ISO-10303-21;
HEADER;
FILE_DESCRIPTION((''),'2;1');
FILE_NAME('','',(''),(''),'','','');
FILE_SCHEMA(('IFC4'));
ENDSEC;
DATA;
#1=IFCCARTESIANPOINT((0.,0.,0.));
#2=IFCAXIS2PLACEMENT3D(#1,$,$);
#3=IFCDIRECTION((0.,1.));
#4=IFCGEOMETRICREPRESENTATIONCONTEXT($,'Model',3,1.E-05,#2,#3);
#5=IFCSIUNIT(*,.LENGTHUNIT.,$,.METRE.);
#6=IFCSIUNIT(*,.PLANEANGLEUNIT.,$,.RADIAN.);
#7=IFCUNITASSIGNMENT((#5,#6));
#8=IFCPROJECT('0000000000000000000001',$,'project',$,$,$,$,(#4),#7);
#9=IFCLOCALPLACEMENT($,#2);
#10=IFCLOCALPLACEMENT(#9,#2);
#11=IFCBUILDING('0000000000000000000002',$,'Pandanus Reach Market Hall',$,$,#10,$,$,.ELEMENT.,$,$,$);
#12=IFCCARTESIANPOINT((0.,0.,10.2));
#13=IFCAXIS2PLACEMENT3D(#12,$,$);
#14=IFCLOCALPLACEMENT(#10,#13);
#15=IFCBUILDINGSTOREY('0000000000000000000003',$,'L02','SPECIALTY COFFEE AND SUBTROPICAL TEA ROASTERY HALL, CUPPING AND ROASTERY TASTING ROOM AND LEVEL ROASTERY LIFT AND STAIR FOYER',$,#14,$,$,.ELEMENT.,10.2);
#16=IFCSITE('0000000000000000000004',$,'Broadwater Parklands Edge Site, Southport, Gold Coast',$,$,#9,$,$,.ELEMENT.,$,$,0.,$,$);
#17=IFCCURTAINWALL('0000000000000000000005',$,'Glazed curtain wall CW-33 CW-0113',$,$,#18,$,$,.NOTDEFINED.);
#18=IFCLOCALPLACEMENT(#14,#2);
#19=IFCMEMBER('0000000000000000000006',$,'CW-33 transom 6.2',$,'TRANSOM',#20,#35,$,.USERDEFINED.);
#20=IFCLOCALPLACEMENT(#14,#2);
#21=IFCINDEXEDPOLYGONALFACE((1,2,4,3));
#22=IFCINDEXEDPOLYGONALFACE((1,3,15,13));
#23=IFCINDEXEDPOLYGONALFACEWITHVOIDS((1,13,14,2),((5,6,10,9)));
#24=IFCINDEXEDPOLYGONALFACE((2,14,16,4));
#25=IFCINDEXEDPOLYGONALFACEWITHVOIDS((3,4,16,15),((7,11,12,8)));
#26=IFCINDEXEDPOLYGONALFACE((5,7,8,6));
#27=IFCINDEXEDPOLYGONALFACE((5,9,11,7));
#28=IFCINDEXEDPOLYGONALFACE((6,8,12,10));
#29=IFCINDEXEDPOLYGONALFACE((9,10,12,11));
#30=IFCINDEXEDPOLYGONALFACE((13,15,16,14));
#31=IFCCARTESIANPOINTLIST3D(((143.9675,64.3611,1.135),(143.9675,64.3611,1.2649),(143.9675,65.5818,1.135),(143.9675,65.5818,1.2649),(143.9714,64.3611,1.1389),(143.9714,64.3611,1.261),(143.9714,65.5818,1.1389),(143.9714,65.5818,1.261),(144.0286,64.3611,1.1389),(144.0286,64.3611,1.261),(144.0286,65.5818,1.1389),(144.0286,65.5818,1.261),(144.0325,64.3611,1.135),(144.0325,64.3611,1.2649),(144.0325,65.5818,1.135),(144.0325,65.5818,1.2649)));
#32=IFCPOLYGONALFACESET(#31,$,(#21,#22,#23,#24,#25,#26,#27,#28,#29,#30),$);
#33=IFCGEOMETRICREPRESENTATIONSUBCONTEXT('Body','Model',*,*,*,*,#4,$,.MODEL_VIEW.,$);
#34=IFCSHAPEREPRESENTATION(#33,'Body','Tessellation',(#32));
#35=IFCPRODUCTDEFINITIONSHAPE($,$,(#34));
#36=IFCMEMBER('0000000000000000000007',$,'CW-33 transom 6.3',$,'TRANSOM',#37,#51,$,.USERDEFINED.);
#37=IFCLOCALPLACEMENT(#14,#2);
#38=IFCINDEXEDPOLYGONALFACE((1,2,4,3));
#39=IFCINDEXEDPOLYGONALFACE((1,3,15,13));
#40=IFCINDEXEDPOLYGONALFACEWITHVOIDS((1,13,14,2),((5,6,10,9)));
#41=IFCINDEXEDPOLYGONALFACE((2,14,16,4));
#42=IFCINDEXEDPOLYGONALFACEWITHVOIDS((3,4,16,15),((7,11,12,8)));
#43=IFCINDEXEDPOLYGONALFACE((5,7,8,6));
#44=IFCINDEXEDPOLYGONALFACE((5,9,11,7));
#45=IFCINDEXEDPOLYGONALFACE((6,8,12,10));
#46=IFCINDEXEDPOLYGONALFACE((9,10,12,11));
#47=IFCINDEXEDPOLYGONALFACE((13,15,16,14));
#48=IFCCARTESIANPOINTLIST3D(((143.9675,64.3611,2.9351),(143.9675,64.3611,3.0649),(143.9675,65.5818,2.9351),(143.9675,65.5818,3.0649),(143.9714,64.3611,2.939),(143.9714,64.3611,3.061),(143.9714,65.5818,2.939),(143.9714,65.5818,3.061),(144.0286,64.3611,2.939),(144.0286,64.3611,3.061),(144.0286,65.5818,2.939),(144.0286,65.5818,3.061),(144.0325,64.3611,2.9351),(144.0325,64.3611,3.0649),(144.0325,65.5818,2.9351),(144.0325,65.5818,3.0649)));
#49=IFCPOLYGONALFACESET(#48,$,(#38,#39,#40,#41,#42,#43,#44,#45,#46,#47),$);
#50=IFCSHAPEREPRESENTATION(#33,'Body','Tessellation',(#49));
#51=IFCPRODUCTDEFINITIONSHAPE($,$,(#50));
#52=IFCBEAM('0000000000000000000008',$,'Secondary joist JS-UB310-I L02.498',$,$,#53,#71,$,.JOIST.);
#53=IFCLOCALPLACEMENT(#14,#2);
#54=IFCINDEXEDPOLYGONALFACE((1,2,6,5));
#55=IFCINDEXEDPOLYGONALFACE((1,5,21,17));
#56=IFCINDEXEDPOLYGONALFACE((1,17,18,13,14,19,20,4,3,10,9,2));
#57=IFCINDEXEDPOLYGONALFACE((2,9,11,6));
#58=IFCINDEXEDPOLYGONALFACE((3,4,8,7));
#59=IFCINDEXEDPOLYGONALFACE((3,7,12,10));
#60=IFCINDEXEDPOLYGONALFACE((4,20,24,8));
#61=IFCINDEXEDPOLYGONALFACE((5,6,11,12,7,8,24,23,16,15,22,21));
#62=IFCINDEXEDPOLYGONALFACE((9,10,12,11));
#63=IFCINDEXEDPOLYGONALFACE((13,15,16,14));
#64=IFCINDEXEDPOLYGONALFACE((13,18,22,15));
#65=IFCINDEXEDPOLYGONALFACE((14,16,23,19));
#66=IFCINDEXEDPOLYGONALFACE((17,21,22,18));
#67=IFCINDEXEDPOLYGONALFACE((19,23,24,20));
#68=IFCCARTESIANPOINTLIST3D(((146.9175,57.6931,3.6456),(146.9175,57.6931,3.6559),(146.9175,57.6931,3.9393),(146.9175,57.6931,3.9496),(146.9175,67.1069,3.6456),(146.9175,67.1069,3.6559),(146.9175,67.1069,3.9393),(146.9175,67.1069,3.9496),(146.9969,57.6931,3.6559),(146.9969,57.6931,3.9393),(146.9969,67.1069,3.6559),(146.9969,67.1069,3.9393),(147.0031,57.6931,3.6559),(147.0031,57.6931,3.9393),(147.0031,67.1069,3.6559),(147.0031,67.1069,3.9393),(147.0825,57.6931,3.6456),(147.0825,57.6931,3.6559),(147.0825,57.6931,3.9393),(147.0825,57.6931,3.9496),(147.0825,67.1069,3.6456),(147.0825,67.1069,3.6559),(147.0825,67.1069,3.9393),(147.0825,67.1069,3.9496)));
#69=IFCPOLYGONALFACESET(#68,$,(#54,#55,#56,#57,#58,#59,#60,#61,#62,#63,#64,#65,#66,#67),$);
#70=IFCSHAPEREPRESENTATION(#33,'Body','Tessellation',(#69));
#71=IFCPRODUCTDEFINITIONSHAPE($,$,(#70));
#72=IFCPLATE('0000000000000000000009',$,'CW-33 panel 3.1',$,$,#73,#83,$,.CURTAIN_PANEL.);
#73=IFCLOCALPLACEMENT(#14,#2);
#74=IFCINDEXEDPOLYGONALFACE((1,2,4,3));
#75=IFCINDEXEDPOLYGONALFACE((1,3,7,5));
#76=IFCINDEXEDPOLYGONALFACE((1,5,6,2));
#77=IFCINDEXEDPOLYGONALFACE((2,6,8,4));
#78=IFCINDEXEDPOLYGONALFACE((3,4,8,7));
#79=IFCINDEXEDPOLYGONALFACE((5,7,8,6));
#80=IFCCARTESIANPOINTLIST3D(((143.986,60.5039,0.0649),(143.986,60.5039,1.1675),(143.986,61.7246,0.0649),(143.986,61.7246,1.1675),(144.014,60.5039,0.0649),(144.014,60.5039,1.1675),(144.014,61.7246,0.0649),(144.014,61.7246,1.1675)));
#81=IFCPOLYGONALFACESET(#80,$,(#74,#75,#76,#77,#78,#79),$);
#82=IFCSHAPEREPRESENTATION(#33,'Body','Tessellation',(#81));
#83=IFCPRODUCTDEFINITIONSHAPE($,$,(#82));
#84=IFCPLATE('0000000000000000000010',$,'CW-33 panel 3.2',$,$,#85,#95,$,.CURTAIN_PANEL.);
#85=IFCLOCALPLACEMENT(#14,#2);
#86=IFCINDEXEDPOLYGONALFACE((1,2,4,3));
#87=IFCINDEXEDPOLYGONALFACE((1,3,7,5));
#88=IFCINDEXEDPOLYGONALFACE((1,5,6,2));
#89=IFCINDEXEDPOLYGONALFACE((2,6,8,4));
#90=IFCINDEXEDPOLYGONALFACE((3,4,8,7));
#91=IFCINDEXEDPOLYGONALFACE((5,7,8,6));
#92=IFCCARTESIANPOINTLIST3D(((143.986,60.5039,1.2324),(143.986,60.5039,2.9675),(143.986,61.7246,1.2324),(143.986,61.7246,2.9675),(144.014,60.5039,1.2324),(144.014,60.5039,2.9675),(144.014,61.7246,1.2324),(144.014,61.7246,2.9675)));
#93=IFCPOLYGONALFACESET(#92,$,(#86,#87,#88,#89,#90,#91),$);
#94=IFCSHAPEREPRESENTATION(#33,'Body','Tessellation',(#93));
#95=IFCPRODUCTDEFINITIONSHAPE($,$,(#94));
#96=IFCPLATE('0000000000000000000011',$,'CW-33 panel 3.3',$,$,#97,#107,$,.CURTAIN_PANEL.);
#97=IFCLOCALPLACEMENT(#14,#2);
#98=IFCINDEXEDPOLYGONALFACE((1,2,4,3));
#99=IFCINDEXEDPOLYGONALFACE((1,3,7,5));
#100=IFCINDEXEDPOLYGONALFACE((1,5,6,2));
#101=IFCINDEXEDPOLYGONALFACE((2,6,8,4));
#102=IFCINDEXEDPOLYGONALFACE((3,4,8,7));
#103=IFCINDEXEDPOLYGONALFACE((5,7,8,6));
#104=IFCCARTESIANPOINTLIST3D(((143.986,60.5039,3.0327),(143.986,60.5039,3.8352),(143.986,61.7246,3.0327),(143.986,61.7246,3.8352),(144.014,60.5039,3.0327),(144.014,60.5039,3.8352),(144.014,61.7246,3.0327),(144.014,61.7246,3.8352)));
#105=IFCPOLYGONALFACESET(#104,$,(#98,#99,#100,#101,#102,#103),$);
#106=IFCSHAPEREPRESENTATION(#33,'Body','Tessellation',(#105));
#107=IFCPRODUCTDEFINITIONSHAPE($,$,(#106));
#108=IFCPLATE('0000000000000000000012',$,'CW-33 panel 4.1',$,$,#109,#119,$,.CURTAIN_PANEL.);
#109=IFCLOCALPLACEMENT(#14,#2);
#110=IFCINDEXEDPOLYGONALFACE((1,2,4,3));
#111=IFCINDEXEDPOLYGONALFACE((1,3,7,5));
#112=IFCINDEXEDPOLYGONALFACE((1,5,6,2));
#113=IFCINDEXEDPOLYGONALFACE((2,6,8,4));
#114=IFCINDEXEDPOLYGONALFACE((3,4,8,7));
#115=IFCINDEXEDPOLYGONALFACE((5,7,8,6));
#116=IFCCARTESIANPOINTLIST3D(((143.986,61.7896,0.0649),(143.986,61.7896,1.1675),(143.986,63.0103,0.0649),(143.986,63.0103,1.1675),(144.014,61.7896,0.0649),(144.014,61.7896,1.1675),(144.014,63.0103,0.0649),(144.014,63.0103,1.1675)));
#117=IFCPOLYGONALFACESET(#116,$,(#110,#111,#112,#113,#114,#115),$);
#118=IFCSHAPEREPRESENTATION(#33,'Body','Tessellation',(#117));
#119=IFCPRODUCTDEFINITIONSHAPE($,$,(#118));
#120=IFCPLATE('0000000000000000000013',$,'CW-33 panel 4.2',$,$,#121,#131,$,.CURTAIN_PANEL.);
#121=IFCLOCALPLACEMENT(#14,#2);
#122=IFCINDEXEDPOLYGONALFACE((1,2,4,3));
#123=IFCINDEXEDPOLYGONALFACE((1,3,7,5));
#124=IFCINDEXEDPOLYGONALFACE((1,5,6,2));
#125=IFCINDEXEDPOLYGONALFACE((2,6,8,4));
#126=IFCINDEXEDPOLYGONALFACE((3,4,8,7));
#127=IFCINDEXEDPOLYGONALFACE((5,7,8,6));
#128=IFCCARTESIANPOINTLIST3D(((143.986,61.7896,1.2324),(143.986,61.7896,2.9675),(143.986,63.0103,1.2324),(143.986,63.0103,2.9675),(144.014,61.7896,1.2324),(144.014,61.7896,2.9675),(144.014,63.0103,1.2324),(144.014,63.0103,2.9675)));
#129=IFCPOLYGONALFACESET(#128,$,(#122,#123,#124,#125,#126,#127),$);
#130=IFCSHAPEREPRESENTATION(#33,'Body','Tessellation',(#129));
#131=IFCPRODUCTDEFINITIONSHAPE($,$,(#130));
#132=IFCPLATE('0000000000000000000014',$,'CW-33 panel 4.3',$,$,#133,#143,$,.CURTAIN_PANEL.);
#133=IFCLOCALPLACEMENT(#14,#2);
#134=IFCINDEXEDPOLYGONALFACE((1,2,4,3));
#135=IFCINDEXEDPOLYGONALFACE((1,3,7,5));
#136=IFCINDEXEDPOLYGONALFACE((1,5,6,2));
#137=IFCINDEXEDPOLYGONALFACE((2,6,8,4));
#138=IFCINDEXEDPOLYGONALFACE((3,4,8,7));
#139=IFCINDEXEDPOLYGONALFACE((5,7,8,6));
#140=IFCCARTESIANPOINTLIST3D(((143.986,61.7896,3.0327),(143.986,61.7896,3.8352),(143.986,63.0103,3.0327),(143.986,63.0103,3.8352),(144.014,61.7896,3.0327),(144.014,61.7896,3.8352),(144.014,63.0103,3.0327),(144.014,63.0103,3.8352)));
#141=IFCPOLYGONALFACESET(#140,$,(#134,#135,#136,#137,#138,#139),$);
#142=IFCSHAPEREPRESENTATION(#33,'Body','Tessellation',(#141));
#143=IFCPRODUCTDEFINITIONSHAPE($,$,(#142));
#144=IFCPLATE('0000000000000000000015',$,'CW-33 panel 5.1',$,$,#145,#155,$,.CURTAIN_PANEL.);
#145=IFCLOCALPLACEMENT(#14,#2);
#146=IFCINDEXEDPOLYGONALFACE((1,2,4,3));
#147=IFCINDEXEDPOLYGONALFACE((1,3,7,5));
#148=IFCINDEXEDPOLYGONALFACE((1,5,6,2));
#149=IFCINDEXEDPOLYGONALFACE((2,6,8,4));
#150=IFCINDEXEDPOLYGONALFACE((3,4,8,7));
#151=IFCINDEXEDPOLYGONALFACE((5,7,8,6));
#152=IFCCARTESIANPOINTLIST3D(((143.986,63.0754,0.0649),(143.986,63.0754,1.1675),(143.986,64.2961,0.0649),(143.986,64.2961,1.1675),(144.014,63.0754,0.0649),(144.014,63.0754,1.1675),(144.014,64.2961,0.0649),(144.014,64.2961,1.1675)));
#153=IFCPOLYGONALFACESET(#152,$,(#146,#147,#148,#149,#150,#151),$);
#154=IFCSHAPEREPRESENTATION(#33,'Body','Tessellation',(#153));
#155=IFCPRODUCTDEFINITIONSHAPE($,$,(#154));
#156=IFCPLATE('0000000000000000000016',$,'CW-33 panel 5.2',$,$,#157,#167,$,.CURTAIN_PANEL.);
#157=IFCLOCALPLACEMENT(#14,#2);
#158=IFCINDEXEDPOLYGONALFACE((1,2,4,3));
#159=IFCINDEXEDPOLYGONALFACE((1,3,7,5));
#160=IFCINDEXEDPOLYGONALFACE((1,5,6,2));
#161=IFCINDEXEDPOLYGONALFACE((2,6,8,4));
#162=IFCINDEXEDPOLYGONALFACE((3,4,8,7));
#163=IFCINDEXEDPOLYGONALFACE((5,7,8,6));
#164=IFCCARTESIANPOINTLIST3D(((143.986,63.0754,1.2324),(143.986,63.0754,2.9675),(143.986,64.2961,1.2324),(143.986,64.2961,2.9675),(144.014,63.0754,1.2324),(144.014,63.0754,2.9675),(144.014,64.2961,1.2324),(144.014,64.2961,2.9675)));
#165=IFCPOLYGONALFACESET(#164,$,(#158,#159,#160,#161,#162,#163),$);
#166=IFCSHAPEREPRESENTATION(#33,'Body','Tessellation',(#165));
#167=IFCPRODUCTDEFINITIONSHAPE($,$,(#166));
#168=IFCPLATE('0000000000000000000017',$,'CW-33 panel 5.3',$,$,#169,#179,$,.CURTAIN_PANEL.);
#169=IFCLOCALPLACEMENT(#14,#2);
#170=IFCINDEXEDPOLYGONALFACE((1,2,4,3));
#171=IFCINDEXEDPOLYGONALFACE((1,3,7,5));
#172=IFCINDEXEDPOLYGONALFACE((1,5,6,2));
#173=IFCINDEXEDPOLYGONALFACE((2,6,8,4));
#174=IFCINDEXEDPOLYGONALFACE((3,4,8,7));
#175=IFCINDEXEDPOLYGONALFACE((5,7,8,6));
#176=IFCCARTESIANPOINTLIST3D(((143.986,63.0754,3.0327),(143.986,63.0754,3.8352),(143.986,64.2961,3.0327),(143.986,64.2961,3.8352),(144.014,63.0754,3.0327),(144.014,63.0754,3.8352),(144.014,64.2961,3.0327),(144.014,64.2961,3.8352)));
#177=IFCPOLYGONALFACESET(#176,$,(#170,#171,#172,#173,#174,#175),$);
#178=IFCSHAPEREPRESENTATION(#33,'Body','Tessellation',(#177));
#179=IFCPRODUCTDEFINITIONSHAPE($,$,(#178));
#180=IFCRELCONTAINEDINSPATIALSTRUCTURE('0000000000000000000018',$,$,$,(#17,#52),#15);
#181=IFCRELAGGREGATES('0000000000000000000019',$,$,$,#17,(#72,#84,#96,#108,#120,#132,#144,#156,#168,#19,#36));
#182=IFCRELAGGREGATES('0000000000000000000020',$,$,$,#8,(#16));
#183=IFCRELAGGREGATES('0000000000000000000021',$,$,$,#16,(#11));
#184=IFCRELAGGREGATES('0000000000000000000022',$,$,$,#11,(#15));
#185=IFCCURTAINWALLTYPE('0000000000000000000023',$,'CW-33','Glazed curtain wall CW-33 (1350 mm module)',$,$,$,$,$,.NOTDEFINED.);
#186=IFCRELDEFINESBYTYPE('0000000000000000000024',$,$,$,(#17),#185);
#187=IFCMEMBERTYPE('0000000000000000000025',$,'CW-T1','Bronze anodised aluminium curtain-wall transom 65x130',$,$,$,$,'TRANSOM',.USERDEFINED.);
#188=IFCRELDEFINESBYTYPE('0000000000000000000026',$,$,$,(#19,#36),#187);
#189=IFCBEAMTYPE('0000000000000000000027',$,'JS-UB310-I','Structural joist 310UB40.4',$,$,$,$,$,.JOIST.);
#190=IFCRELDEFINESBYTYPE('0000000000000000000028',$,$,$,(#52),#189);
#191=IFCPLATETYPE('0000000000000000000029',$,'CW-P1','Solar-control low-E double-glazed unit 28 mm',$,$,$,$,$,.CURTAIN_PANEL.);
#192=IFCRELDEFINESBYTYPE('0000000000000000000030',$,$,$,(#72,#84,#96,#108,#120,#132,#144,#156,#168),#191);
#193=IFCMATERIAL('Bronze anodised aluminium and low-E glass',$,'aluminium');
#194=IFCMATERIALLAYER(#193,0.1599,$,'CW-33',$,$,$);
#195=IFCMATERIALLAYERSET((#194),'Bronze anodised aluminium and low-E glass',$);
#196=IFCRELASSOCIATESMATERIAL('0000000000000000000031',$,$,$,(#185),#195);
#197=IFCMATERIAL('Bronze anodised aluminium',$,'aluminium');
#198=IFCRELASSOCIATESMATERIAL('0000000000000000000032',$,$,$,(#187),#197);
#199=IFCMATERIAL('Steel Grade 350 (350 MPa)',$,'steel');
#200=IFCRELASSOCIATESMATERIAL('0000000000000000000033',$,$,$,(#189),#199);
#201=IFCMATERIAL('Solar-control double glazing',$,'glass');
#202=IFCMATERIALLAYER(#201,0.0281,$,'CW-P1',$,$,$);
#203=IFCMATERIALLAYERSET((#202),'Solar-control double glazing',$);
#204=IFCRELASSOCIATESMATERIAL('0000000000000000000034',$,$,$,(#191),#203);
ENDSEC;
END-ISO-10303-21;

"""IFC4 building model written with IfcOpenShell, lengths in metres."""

from ifc_helpers import new_model, si_unit, direction, frame, origin, origin_2d, place, context, subcontext, project, spatial, rectangle, hollow_rectangle, i_section, extrude, material, layer, layer_set, material_profile, profile_set, type_object, element, aggregate, save


model = new_model("IFC4")

# Units and contexts
model_context = context("Model", 3, precision=1e-05, world=origin(), true_north=direction((0.0, 1.0)))
body_context = subcontext(model_context, "Body", "Model", "MODEL_VIEW")
ifc_project = project(units=[si_unit("LENGTHUNIT", "METRE"), si_unit("PLANEANGLEUNIT", "RADIAN")], contexts=[model_context])

# Site, building, storey
site_placement = place(None, origin())
site = spatial("IfcSite", under=ifc_project, at=site_placement, Name="Broadwater Parklands Edge Site, Southport, Gold Coast", CompositionType="ELEMENT", RefElevation=0.0)
building_placement = place(site_placement, origin())
building = spatial("IfcBuilding", under=site, at=building_placement, Name="Pandanus Reach Market Hall", CompositionType="ELEMENT")
storey_placement = place(building_placement, frame((0.0, 0.0, 10.2)))
storey = spatial("IfcBuildingStorey", under=building, at=storey_placement, Name="L02", Description="SPECIALTY COFFEE AND SUBTROPICAL TEA ROASTERY HALL, CUPPING AND ROASTERY TASTING ROOM AND LEVEL ROASTERY LIFT AND STAIR FOYER", CompositionType="ELEMENT", Elevation=10.2)

# Shared definitions
ifc_material_1 = material(Name="Steel Grade 350 (350 MPa)", Category="steel")

# Curtain wall, members
ifc_material_2 = material(Name="Bronze anodised aluminium and low-E glass", Category="aluminium")
ifc_layer_1 = layer(ifc_material_2, 0.1599, Name="CW-33")
ifc_layer_set_1 = layer_set([ifc_layer_1], Name="Bronze anodised aluminium and low-E glass")
curtain_wall_type = type_object("IfcCurtainWallType", Name="CW-33", Description="Glazed curtain wall CW-33 (1350 mm module)", PredefinedType="NOTDEFINED", material=ifc_layer_set_1)
curtain_wall_placement = place(storey_placement, origin())
curtain_wall = element("IfcCurtainWall", 1, at=curtain_wall_placement, inside=storey, type_object=curtain_wall_type, Name="Glazed curtain wall CW-33 CW-0113", PredefinedType="NOTDEFINED")
ifc_material_3 = material(Name="Bronze anodised aluminium", Category="aluminium")
ifc_material_profile_1 = material_profile(ifc_material_3, hollow_rectangle(XDim=0.0649, YDim=0.1299, WallThickness=0.0039, at=origin_2d()), Name="ALU65x130", Category="LoadBearing")
ifc_profile_set_1 = profile_set([ifc_material_profile_1], Name="Bronze anodised aluminium")
member_type = type_object("IfcMemberType", Name="CW-T1", Description="Bronze anodised aluminium curtain-wall transom 65x130", ElementType="TRANSOM", PredefinedType="USERDEFINED", material=ifc_profile_set_1)
member_1_placement = place(storey_placement, frame((144.0, 64.3611, 1.2), z_axis=(0.0, 1.0, 0.0), x_axis=(-1.0, 0.0, 0.0)))
member_1 = element("IfcMember", 2, at=member_1_placement, type_object=member_type, Name="CW-33 transom 6.2", ObjectType="TRANSOM", PredefinedType="USERDEFINED", context=body_context, shape_type="SweptSolid", body=[
    extrude(hollow_rectangle(XDim=0.0649, YDim=0.1299, WallThickness=0.0039, at=origin_2d()), origin(), (0.0, 0.0, 1.0), 1.2207),
])
member_2_placement = place(storey_placement, frame((144.0, 64.3611, 3.0), z_axis=(0.0, 1.0, 0.0), x_axis=(-1.0, 0.0, 0.0)))
member_2 = element("IfcMember", 3, at=member_2_placement, type_object=member_type, Name="CW-33 transom 6.3", ObjectType="TRANSOM", PredefinedType="USERDEFINED", context=body_context, shape_type="SweptSolid", body=[
    extrude(hollow_rectangle(XDim=0.0649, YDim=0.1299, WallThickness=0.0039, at=origin_2d()), origin(), (0.0, 0.0, 1.0), 1.2207),
])

# Beam
ifc_material_profile_2 = material_profile(ifc_material_1, i_section(OverallWidth=0.165, OverallDepth=0.304, WebThickness=0.0061, FlangeThickness=0.0103, at=origin_2d()), Name="310UB40.4", Category="LoadBearing")
ifc_profile_set_2 = profile_set([ifc_material_profile_2], Name="Steel Grade 350 (350 MPa)")
beam_type_1 = type_object("IfcBeamType", Name="JS-UB310-I", Description="Structural joist 310UB40.4", PredefinedType="JOIST", material=ifc_profile_set_2)
beam_1_placement = place(storey_placement, frame((147.0, 57.6931, 3.7976), z_axis=(0.0, 1.0, 0.0), x_axis=(-1.0, 0.0, 0.0)))
element("IfcBeam", 4, at=beam_1_placement, inside=storey, type_object=beam_type_1, Name="Secondary joist JS-UB310-I L02.498", PredefinedType="JOIST", context=body_context, shape_type="SweptSolid", body=[
    extrude(i_section(OverallWidth=0.165, OverallDepth=0.304, WebThickness=0.0061, FlangeThickness=0.0103, at=origin_2d()), origin(), (0.0, 0.0, 1.0), 9.4138),
])

# Plates
ifc_material_4 = material(Name="Solar-control double glazing", Category="glass")
ifc_layer_2 = layer(ifc_material_4, 0.0281, Name="CW-P1")
ifc_layer_set_2 = layer_set([ifc_layer_2], Name="Solar-control double glazing")
plate_type = type_object("IfcPlateType", Name="CW-P1", Description="Solar-control low-E double-glazed unit 28 mm", PredefinedType="CURTAIN_PANEL", material=ifc_layer_set_2)
plate_1_placement = place(storey_placement, frame((144.0, 61.1143, 0.0649), z_axis=(0.0, 0.0, 1.0), x_axis=(0.0, 1.0, 0.0)))
plate_1 = element("IfcPlate", 5, at=plate_1_placement, type_object=plate_type, Name="CW-33 panel 3.1", PredefinedType="CURTAIN_PANEL", context=body_context, shape_type="SweptSolid", body=[
    extrude(rectangle(XDim=1.2207, YDim=0.0281, at=origin_2d()), origin(), (0.0, 0.0, 1.0), 1.1025),
])
plate_2_placement = place(storey_placement, frame((144.0, 61.1143, 1.2324), z_axis=(0.0, 0.0, 1.0), x_axis=(0.0, 1.0, 0.0)))
plate_2 = element("IfcPlate", 6, at=plate_2_placement, type_object=plate_type, Name="CW-33 panel 3.2", PredefinedType="CURTAIN_PANEL", context=body_context, shape_type="SweptSolid", body=[
    extrude(rectangle(XDim=1.2207, YDim=0.0281, at=origin_2d()), origin(), (0.0, 0.0, 1.0), 1.7351),
])
plate_3_placement = place(storey_placement, frame((144.0, 61.1143, 3.0327), z_axis=(0.0, 0.0, 1.0), x_axis=(0.0, 1.0, 0.0)))
plate_3 = element("IfcPlate", 7, at=plate_3_placement, type_object=plate_type, Name="CW-33 panel 3.3", PredefinedType="CURTAIN_PANEL", context=body_context, shape_type="SweptSolid", body=[
    extrude(rectangle(XDim=1.2207, YDim=0.0281, at=origin_2d()), origin(), (0.0, 0.0, 1.0), 0.8025),
])
plate_4_placement = place(storey_placement, frame((144.0, 62.3999, 0.0649), z_axis=(0.0, 0.0, 1.0), x_axis=(0.0, 1.0, 0.0)))
plate_4 = element("IfcPlate", 8, at=plate_4_placement, type_object=plate_type, Name="CW-33 panel 4.1", PredefinedType="CURTAIN_PANEL", context=body_context, shape_type="SweptSolid", body=[
    extrude(rectangle(XDim=1.2207, YDim=0.0281, at=origin_2d()), origin(), (0.0, 0.0, 1.0), 1.1025),
])
plate_5_placement = place(storey_placement, frame((144.0, 62.3999, 1.2324), z_axis=(0.0, 0.0, 1.0), x_axis=(0.0, 1.0, 0.0)))
plate_5 = element("IfcPlate", 9, at=plate_5_placement, type_object=plate_type, Name="CW-33 panel 4.2", PredefinedType="CURTAIN_PANEL", context=body_context, shape_type="SweptSolid", body=[
    extrude(rectangle(XDim=1.2207, YDim=0.0281, at=origin_2d()), origin(), (0.0, 0.0, 1.0), 1.7351),
])
plate_6_placement = place(storey_placement, frame((144.0, 62.3999, 3.0327), z_axis=(0.0, 0.0, 1.0), x_axis=(0.0, 1.0, 0.0)))
plate_6 = element("IfcPlate", 10, at=plate_6_placement, type_object=plate_type, Name="CW-33 panel 4.3", PredefinedType="CURTAIN_PANEL", context=body_context, shape_type="SweptSolid", body=[
    extrude(rectangle(XDim=1.2207, YDim=0.0281, at=origin_2d()), origin(), (0.0, 0.0, 1.0), 0.8025),
])
plate_7_placement = place(storey_placement, frame((144.0, 63.6858, 0.0649), z_axis=(0.0, 0.0, 1.0), x_axis=(0.0, 1.0, 0.0)))
plate_7 = element("IfcPlate", 11, at=plate_7_placement, type_object=plate_type, Name="CW-33 panel 5.1", PredefinedType="CURTAIN_PANEL", context=body_context, shape_type="SweptSolid", body=[
    extrude(rectangle(XDim=1.2207, YDim=0.0281, at=origin_2d()), origin(), (0.0, 0.0, 1.0), 1.1025),
])
plate_8_placement = place(storey_placement, frame((144.0, 63.6858, 1.2324), z_axis=(0.0, 0.0, 1.0), x_axis=(0.0, 1.0, 0.0)))
plate_8 = element("IfcPlate", 12, at=plate_8_placement, type_object=plate_type, Name="CW-33 panel 5.2", PredefinedType="CURTAIN_PANEL", context=body_context, shape_type="SweptSolid", body=[
    extrude(rectangle(XDim=1.2207, YDim=0.0281, at=origin_2d()), origin(), (0.0, 0.0, 1.0), 1.7351),
])
plate_9_placement = place(storey_placement, frame((144.0, 63.6858, 3.0327), z_axis=(0.0, 0.0, 1.0), x_axis=(0.0, 1.0, 0.0)))
plate_9 = element("IfcPlate", 13, at=plate_9_placement, type_object=plate_type, Name="CW-33 panel 5.3", PredefinedType="CURTAIN_PANEL", context=body_context, shape_type="SweptSolid", body=[
    extrude(rectangle(XDim=1.2207, YDim=0.0281, at=origin_2d()), origin(), (0.0, 0.0, 1.0), 0.8025),
])
aggregate(curtain_wall, [plate_1, plate_2, plate_3, plate_4, plate_5, plate_6, plate_7, plate_8, plate_9, member_1, member_2])

save(model, "model.ifc")
